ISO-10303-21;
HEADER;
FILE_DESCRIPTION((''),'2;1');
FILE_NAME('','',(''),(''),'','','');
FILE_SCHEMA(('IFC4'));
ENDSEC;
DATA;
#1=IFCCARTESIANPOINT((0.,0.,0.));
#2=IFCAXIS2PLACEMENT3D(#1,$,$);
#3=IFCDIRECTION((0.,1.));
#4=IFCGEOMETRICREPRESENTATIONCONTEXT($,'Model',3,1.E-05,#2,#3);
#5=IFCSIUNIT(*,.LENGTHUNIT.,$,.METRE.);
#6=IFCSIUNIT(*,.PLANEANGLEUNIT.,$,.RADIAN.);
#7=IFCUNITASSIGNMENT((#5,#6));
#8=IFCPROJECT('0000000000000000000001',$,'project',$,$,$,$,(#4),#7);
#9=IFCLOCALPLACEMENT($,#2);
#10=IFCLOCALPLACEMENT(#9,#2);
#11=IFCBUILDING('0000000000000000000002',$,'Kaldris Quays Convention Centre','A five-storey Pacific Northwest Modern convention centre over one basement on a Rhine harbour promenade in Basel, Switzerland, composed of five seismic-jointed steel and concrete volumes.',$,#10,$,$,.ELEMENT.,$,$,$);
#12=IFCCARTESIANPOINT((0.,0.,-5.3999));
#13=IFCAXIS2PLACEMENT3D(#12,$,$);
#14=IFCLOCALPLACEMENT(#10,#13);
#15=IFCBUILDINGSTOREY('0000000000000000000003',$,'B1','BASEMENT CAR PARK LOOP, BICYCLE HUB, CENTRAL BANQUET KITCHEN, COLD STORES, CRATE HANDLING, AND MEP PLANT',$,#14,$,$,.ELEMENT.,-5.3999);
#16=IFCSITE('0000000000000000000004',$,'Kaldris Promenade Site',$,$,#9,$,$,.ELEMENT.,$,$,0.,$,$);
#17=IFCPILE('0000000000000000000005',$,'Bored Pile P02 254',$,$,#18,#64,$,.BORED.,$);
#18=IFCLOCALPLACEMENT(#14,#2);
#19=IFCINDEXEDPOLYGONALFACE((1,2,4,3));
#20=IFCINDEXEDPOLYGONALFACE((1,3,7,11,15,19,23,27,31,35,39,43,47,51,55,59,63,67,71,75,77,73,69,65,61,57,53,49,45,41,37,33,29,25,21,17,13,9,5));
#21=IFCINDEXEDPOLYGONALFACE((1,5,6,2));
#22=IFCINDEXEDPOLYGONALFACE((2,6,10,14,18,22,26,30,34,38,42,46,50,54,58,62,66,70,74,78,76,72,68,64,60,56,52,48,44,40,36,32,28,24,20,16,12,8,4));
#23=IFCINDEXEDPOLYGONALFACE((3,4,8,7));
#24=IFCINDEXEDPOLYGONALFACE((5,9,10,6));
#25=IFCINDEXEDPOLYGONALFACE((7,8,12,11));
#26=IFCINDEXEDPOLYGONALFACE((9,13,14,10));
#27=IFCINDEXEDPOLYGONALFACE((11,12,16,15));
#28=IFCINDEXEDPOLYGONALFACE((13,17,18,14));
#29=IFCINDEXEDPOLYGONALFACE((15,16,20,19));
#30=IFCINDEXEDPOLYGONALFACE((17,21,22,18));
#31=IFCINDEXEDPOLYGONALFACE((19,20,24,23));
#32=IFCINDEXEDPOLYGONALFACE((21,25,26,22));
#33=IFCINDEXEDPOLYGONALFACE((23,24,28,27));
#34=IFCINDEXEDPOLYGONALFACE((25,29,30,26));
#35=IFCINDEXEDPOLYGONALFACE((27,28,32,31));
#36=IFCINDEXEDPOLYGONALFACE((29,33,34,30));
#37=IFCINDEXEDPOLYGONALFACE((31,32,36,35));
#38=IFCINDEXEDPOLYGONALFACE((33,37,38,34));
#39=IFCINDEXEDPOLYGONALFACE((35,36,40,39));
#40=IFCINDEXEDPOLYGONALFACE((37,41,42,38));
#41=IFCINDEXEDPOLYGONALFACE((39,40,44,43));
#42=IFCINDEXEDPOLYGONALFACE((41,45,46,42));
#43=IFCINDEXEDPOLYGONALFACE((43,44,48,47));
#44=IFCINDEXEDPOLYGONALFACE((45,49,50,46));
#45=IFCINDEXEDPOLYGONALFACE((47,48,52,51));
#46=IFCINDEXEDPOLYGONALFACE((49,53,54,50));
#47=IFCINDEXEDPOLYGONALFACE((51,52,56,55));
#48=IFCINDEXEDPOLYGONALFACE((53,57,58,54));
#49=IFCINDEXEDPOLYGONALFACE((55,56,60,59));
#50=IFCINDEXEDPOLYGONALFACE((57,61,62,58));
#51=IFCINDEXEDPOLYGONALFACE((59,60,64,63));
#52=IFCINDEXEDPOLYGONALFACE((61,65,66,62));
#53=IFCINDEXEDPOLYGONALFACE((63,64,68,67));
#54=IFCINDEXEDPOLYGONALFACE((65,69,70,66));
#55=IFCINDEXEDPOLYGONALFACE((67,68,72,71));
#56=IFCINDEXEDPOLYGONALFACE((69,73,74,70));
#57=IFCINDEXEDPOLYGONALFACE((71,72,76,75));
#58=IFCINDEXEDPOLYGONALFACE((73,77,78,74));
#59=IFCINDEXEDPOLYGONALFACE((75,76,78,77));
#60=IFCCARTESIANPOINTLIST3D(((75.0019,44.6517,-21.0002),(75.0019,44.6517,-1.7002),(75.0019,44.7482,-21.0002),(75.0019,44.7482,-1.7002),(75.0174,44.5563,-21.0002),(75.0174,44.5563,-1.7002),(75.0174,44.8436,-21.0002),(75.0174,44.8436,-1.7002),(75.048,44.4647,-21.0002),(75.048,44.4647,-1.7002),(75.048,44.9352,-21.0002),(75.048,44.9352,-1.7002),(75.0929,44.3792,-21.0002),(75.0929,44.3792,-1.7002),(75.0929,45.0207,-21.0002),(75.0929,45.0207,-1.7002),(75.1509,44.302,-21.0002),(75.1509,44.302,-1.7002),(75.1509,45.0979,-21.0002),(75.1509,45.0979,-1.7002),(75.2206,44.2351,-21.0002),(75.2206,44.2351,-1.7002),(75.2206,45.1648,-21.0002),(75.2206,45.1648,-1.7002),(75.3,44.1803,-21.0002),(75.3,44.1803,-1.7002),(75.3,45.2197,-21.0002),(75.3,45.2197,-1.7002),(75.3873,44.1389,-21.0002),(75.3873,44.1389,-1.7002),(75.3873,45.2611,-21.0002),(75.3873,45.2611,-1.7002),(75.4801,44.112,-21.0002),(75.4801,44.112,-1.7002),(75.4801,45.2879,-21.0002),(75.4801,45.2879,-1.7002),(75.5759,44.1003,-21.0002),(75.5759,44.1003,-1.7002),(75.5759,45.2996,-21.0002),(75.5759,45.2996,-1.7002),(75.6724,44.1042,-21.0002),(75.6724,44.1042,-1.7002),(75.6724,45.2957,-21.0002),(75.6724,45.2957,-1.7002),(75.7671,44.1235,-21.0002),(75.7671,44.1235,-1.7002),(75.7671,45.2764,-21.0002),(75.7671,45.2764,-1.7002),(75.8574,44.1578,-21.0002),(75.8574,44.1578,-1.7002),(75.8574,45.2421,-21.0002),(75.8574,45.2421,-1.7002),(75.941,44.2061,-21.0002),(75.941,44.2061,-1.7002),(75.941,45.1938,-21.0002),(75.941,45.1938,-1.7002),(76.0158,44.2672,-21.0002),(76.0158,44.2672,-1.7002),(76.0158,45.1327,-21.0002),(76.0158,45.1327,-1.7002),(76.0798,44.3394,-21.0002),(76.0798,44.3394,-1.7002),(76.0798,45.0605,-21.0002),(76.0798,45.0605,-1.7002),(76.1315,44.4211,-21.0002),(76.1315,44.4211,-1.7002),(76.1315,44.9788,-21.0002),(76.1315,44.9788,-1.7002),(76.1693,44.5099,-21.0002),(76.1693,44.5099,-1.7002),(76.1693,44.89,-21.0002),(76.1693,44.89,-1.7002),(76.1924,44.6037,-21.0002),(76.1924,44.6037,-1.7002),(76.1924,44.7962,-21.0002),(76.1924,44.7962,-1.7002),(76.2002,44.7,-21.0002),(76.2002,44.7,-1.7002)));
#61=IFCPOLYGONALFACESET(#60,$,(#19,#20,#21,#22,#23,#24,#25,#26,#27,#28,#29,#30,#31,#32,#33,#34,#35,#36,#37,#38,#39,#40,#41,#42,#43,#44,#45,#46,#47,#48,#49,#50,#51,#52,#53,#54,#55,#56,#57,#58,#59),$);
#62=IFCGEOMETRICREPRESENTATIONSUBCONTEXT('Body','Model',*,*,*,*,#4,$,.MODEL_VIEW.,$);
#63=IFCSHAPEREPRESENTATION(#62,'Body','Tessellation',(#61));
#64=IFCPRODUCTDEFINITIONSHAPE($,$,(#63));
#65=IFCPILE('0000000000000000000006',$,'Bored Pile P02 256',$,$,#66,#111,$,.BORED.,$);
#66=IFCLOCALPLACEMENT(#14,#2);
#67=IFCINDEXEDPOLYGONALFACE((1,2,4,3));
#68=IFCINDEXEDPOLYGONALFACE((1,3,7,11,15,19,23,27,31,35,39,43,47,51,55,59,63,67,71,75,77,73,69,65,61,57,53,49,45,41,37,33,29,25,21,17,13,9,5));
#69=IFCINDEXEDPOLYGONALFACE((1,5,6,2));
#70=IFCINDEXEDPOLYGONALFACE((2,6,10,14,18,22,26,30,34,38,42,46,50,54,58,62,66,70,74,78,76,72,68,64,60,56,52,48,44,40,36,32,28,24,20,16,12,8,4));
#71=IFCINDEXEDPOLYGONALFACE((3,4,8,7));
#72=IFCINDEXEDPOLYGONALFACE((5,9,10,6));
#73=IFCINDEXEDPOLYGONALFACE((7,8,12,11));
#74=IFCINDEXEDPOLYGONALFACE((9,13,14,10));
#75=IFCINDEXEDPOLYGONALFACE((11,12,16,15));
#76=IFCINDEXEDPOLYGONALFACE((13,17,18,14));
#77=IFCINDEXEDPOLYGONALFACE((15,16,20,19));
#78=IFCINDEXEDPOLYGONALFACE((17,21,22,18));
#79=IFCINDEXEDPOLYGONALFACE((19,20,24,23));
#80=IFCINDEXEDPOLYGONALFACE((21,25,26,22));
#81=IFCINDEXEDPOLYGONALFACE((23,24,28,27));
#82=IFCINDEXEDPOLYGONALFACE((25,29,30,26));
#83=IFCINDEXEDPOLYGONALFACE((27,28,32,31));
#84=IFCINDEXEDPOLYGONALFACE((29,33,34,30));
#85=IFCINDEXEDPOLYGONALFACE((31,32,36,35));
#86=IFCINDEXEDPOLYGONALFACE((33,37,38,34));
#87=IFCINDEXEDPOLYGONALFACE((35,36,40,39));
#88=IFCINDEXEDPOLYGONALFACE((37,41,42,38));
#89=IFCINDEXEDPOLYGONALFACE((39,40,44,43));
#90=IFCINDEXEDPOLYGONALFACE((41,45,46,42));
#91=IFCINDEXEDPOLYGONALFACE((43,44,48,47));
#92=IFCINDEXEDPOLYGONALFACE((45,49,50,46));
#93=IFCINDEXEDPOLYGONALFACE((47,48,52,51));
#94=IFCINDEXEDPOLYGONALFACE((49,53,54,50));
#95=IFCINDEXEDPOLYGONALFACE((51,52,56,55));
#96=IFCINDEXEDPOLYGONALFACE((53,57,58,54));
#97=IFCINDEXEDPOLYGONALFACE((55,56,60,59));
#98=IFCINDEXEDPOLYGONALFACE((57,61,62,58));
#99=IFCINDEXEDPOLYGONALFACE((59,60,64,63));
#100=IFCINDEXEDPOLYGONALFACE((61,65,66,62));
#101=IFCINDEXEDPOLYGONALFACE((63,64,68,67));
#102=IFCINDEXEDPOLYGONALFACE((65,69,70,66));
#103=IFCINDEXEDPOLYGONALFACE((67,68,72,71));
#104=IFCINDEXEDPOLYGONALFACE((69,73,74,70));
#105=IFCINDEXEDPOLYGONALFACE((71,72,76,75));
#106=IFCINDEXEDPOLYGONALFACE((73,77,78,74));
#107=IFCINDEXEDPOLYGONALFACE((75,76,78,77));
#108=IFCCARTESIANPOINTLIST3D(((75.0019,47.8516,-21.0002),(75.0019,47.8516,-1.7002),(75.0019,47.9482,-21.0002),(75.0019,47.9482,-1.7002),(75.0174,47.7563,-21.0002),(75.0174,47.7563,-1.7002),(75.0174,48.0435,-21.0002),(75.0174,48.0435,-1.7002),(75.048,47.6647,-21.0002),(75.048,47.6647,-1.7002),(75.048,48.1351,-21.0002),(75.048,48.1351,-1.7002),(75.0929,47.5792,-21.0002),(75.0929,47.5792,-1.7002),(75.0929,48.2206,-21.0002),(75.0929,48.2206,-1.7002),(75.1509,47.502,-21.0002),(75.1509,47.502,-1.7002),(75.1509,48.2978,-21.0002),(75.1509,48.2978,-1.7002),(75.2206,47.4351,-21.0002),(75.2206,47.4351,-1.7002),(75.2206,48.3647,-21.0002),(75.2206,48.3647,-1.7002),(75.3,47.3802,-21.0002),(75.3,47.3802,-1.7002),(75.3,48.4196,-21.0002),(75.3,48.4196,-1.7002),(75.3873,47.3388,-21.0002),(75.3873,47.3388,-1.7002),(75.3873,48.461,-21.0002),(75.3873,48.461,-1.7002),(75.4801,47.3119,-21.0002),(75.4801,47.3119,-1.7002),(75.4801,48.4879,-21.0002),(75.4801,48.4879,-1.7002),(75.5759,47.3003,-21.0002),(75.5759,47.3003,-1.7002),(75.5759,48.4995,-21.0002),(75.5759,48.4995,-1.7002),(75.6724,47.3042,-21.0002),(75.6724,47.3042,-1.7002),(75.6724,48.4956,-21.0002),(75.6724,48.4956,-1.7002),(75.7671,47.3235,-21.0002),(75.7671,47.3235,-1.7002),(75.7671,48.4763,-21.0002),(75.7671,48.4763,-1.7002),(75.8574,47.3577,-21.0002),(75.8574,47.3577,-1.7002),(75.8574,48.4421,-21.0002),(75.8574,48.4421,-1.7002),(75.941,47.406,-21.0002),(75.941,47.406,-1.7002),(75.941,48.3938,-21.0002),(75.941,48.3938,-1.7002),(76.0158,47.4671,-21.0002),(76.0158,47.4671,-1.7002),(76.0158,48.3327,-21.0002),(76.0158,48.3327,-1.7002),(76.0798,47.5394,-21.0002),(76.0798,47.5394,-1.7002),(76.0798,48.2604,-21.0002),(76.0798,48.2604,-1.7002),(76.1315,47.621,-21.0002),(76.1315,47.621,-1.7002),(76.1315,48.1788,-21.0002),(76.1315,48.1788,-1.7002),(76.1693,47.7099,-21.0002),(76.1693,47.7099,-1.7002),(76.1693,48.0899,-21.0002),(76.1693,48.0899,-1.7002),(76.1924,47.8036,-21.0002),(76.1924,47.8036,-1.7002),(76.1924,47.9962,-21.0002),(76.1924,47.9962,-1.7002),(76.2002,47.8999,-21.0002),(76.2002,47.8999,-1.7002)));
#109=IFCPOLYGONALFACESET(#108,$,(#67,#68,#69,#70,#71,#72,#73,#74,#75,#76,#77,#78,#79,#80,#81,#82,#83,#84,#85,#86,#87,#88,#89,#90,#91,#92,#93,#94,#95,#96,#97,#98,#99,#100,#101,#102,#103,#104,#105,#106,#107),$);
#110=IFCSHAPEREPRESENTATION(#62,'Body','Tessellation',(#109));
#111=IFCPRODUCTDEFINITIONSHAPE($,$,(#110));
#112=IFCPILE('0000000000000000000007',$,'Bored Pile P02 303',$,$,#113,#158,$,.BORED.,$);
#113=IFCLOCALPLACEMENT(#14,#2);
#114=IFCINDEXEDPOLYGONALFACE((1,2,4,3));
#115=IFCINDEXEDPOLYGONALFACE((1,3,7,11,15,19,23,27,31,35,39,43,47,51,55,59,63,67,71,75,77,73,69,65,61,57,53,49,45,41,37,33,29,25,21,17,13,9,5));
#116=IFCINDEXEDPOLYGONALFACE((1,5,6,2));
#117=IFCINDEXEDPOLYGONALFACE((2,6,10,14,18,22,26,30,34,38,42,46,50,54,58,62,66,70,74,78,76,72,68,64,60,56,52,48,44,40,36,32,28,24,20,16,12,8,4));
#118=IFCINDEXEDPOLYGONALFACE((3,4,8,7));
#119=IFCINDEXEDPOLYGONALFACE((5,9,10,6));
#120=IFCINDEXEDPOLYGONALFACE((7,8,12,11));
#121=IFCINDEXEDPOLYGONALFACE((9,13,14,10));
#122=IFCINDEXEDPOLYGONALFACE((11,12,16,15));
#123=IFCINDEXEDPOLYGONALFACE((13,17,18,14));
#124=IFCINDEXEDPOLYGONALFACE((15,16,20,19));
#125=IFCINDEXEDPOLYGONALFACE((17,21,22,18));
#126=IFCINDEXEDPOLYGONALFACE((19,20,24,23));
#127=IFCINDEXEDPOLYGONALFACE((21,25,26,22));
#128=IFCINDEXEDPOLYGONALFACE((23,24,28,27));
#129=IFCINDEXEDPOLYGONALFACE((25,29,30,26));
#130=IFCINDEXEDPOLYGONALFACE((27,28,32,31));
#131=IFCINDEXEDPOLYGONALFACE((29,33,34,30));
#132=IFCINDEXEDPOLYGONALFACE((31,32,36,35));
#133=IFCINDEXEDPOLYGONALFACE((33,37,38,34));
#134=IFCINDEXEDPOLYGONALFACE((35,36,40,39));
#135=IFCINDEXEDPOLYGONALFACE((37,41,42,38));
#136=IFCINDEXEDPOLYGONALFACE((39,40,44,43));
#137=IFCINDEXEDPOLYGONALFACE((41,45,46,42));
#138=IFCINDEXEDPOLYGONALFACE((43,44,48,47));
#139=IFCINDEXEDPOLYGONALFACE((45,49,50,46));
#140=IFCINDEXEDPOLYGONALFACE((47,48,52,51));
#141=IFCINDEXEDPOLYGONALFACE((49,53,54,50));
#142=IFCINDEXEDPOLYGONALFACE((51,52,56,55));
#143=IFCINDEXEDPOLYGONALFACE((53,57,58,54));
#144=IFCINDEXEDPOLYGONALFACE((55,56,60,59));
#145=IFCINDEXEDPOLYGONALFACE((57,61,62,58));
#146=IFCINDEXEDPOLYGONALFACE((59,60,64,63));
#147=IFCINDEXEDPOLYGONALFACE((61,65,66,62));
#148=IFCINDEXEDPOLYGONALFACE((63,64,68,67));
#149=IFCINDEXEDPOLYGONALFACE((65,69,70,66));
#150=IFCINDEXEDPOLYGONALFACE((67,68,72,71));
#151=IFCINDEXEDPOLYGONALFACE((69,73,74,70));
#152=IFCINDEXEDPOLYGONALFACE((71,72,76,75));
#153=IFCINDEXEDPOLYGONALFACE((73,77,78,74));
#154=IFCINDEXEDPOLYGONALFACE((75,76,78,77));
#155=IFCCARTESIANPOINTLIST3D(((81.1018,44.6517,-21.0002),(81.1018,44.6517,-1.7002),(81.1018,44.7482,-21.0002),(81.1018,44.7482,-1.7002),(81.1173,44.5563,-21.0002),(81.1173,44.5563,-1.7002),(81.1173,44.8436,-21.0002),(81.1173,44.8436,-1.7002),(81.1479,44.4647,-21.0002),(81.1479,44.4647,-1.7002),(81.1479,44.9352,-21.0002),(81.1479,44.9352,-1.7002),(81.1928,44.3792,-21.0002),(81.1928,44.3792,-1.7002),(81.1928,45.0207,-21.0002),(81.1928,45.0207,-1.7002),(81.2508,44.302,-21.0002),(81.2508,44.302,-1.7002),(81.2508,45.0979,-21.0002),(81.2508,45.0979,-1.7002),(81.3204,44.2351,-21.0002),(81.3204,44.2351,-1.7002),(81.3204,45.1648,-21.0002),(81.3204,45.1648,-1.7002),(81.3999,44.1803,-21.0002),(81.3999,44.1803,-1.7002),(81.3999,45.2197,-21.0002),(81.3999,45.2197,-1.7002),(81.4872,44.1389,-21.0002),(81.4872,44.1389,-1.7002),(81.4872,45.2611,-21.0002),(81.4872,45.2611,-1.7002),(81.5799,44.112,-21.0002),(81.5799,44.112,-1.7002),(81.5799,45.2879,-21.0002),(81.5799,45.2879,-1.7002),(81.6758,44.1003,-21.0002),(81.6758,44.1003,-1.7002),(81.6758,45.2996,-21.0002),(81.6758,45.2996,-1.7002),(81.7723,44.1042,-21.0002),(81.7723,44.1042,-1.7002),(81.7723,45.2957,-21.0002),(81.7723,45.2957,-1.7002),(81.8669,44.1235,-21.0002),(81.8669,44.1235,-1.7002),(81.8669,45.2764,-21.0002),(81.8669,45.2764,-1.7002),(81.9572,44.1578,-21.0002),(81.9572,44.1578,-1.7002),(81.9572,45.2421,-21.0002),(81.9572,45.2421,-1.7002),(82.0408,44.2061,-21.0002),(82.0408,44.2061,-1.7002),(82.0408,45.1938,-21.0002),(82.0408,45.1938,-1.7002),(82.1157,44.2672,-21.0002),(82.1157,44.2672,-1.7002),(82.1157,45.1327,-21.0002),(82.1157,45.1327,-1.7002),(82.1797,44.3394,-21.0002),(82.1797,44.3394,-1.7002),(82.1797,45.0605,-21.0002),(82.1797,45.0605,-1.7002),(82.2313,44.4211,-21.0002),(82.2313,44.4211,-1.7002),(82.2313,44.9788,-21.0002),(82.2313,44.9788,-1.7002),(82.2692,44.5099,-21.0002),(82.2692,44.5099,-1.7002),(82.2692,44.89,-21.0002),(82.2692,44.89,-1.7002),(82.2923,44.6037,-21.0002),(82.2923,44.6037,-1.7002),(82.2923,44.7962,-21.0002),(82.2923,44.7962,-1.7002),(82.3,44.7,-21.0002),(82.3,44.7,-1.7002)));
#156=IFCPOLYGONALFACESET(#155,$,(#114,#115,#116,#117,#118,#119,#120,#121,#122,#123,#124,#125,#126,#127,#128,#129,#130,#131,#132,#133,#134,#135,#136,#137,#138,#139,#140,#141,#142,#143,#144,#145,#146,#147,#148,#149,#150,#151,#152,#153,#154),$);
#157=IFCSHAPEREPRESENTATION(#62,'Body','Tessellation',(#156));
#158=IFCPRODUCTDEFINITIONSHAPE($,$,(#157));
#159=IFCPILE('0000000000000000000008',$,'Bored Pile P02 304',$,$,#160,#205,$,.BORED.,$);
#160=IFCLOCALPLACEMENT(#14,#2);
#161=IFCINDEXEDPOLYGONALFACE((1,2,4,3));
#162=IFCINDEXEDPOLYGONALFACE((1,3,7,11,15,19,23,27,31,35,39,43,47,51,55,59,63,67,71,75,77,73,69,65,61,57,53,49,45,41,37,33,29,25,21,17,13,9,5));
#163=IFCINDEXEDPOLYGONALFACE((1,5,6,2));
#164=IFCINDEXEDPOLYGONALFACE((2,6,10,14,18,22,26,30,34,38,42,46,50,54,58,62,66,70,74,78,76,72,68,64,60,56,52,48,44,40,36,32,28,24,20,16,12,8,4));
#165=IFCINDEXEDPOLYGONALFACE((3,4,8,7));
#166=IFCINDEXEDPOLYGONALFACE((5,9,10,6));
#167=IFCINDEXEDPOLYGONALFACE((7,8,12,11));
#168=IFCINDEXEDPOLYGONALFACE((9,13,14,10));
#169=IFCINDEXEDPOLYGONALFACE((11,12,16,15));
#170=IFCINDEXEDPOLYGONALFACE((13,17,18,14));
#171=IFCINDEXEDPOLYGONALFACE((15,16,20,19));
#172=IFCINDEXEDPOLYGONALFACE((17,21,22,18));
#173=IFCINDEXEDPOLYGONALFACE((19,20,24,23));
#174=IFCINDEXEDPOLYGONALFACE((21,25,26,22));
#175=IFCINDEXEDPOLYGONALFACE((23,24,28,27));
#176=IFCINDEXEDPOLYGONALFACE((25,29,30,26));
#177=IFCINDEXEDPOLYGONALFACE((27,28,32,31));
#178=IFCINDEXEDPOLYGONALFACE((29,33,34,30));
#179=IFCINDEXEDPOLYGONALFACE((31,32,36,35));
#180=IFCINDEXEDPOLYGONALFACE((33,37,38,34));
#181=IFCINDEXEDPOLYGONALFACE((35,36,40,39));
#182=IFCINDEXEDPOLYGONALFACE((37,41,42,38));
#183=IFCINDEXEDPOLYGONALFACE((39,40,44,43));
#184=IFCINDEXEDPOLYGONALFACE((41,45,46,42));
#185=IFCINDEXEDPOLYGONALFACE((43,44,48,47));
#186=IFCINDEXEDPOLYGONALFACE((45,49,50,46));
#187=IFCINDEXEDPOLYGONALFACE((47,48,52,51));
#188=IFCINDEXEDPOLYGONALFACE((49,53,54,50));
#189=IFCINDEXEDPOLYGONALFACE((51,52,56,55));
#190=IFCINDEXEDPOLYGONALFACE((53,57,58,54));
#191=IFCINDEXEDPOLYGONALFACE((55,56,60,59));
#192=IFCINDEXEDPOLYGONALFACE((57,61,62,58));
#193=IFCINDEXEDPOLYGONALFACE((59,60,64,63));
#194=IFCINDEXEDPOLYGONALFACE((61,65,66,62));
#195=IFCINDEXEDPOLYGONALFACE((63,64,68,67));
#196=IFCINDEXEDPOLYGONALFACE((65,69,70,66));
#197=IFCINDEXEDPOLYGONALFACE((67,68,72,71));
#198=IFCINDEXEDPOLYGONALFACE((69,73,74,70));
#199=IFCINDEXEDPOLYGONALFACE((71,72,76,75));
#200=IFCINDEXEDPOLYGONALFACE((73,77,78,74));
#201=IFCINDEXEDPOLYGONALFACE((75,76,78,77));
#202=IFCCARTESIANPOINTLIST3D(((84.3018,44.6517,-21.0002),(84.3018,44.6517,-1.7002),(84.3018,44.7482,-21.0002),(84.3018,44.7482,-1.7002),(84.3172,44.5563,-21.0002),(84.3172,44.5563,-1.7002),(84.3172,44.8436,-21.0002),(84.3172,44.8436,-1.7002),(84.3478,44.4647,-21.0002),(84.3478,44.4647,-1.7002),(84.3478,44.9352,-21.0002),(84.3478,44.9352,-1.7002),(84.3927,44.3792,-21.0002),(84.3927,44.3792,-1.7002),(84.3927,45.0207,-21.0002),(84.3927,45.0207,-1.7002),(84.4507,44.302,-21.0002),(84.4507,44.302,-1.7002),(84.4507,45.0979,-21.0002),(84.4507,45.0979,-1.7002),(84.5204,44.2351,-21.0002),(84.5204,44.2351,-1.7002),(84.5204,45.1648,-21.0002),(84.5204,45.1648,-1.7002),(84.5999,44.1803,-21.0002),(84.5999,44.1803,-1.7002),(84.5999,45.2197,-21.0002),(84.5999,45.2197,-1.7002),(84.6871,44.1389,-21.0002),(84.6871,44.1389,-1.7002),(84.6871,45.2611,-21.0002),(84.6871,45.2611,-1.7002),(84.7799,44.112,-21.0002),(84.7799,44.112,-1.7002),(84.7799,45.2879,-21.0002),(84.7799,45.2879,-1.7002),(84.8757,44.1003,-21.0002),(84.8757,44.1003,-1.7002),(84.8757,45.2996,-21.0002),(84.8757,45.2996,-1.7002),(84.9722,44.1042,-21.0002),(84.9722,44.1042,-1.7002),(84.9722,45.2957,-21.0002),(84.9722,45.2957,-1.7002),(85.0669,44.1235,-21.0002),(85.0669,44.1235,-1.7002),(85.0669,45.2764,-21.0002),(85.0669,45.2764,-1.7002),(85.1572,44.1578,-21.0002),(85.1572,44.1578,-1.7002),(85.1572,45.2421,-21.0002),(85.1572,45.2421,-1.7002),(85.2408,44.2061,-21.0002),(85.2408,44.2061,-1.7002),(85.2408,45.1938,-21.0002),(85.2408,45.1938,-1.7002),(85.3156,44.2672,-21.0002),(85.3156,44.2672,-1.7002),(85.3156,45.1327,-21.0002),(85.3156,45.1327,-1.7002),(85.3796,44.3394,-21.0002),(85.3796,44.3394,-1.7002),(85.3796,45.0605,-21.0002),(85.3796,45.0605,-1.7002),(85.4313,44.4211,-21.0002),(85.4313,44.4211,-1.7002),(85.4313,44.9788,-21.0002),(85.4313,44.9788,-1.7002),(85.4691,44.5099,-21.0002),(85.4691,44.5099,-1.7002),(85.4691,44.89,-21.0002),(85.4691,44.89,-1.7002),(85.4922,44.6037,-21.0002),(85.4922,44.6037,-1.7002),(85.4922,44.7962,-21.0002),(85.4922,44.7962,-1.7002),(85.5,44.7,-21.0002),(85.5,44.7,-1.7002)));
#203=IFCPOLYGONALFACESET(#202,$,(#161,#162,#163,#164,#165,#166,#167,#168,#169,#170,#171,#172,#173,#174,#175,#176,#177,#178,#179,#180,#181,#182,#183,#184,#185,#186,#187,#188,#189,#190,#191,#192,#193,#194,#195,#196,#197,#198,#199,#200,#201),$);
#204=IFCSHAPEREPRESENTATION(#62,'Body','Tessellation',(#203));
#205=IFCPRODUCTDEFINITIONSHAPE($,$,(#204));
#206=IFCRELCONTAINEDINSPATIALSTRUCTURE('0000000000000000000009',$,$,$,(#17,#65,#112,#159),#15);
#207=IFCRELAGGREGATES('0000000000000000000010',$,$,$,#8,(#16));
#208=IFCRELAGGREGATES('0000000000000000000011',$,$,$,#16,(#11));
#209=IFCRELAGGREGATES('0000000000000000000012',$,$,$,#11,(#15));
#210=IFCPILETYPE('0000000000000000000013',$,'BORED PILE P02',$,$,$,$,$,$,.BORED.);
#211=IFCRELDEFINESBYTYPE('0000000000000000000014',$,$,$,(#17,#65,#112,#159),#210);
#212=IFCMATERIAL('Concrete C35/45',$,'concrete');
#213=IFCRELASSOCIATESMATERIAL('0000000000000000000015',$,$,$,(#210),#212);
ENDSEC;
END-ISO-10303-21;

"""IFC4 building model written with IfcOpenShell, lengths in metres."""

from ifc_helpers import new_model, si_unit, direction, frame, origin, origin_2d, place, context, subcontext, project, spatial, circle, extrude, material, material_profile, profile_set, type_object, element, save


model = new_model("IFC4")

# Units and contexts
model_context = context("Model", 3, precision=1e-05, world=origin(), true_north=direction((0.0, 1.0)))
body_context = subcontext(model_context, "Body", "Model", "MODEL_VIEW")
ifc_project = project(units=[si_unit("LENGTHUNIT", "METRE"), si_unit("PLANEANGLEUNIT", "RADIAN")], contexts=[model_context])

# Site, building, storey
site_placement = place(None, origin())
site = spatial("IfcSite", under=ifc_project, at=site_placement, Name="Kaldris Promenade Site", CompositionType="ELEMENT", RefElevation=0.0)
building_placement = place(site_placement, origin())
building = spatial("IfcBuilding", under=site, at=building_placement, Name="Kaldris Quays Convention Centre", Description="A five-storey Pacific Northwest Modern convention centre over one basement on a Rhine harbour promenade in Basel, Switzerland, composed of five seismic-jointed steel and concrete volumes.", CompositionType="ELEMENT")
storey_placement = place(building_placement, frame((0.0, 0.0, -5.3999)))
storey = spatial("IfcBuildingStorey", under=building, at=storey_placement, Name="B1", Description="BASEMENT CAR PARK LOOP, BICYCLE HUB, CENTRAL BANQUET KITCHEN, COLD STORES, CRATE HANDLING, AND MEP PLANT", CompositionType="ELEMENT", Elevation=-5.3999)

# Piles
ifc_material_1 = material(Name="Concrete C35/45", Category="concrete")
ifc_material_profile_1 = material_profile(ifc_material_1, circle(Radius=0.6001, at=origin_2d()), Name="BORED PILE D1200")
ifc_profile_set_1 = profile_set([ifc_material_profile_1], Name="Concrete C35/45")
pile_type = type_object("IfcPileType", Name="BORED PILE P02", PredefinedType="BORED", material=ifc_profile_set_1)
for number, where, z_axis, x_axis, name in (
    (1, (75.6001, 44.7, -1.7002), (0.0, 0.0, -1.0), (1.0, 0.0, 0.0), "Bored Pile P02 254"),
    (2, (75.6001, 47.8999, -1.7002), (0.0, 0.0, -1.0), (1.0, 0.0, 0.0), "Bored Pile P02 256"),
    (3, (81.7, 44.7, -1.7002), (0.0, 0.0, -1.0), (1.0, 0.0, 0.0), "Bored Pile P02 303"),
    (4, (84.8999, 44.7, -1.7002), (0.0, 0.0, -1.0), (1.0, 0.0, 0.0), "Bored Pile P02 304"),
):
    element("IfcPile", number, at=place(storey_placement, frame(where, z_axis=z_axis, x_axis=x_axis)), inside=storey, type_object=pile_type, Name=name, PredefinedType="BORED", context=body_context, shape_type="SweptSolid", body=[
        extrude(circle(Radius=0.6001, at=origin_2d()), origin(), (0.0, 0.0, 1.0), 19.3),
    ])

save(model, "model.ifc")
